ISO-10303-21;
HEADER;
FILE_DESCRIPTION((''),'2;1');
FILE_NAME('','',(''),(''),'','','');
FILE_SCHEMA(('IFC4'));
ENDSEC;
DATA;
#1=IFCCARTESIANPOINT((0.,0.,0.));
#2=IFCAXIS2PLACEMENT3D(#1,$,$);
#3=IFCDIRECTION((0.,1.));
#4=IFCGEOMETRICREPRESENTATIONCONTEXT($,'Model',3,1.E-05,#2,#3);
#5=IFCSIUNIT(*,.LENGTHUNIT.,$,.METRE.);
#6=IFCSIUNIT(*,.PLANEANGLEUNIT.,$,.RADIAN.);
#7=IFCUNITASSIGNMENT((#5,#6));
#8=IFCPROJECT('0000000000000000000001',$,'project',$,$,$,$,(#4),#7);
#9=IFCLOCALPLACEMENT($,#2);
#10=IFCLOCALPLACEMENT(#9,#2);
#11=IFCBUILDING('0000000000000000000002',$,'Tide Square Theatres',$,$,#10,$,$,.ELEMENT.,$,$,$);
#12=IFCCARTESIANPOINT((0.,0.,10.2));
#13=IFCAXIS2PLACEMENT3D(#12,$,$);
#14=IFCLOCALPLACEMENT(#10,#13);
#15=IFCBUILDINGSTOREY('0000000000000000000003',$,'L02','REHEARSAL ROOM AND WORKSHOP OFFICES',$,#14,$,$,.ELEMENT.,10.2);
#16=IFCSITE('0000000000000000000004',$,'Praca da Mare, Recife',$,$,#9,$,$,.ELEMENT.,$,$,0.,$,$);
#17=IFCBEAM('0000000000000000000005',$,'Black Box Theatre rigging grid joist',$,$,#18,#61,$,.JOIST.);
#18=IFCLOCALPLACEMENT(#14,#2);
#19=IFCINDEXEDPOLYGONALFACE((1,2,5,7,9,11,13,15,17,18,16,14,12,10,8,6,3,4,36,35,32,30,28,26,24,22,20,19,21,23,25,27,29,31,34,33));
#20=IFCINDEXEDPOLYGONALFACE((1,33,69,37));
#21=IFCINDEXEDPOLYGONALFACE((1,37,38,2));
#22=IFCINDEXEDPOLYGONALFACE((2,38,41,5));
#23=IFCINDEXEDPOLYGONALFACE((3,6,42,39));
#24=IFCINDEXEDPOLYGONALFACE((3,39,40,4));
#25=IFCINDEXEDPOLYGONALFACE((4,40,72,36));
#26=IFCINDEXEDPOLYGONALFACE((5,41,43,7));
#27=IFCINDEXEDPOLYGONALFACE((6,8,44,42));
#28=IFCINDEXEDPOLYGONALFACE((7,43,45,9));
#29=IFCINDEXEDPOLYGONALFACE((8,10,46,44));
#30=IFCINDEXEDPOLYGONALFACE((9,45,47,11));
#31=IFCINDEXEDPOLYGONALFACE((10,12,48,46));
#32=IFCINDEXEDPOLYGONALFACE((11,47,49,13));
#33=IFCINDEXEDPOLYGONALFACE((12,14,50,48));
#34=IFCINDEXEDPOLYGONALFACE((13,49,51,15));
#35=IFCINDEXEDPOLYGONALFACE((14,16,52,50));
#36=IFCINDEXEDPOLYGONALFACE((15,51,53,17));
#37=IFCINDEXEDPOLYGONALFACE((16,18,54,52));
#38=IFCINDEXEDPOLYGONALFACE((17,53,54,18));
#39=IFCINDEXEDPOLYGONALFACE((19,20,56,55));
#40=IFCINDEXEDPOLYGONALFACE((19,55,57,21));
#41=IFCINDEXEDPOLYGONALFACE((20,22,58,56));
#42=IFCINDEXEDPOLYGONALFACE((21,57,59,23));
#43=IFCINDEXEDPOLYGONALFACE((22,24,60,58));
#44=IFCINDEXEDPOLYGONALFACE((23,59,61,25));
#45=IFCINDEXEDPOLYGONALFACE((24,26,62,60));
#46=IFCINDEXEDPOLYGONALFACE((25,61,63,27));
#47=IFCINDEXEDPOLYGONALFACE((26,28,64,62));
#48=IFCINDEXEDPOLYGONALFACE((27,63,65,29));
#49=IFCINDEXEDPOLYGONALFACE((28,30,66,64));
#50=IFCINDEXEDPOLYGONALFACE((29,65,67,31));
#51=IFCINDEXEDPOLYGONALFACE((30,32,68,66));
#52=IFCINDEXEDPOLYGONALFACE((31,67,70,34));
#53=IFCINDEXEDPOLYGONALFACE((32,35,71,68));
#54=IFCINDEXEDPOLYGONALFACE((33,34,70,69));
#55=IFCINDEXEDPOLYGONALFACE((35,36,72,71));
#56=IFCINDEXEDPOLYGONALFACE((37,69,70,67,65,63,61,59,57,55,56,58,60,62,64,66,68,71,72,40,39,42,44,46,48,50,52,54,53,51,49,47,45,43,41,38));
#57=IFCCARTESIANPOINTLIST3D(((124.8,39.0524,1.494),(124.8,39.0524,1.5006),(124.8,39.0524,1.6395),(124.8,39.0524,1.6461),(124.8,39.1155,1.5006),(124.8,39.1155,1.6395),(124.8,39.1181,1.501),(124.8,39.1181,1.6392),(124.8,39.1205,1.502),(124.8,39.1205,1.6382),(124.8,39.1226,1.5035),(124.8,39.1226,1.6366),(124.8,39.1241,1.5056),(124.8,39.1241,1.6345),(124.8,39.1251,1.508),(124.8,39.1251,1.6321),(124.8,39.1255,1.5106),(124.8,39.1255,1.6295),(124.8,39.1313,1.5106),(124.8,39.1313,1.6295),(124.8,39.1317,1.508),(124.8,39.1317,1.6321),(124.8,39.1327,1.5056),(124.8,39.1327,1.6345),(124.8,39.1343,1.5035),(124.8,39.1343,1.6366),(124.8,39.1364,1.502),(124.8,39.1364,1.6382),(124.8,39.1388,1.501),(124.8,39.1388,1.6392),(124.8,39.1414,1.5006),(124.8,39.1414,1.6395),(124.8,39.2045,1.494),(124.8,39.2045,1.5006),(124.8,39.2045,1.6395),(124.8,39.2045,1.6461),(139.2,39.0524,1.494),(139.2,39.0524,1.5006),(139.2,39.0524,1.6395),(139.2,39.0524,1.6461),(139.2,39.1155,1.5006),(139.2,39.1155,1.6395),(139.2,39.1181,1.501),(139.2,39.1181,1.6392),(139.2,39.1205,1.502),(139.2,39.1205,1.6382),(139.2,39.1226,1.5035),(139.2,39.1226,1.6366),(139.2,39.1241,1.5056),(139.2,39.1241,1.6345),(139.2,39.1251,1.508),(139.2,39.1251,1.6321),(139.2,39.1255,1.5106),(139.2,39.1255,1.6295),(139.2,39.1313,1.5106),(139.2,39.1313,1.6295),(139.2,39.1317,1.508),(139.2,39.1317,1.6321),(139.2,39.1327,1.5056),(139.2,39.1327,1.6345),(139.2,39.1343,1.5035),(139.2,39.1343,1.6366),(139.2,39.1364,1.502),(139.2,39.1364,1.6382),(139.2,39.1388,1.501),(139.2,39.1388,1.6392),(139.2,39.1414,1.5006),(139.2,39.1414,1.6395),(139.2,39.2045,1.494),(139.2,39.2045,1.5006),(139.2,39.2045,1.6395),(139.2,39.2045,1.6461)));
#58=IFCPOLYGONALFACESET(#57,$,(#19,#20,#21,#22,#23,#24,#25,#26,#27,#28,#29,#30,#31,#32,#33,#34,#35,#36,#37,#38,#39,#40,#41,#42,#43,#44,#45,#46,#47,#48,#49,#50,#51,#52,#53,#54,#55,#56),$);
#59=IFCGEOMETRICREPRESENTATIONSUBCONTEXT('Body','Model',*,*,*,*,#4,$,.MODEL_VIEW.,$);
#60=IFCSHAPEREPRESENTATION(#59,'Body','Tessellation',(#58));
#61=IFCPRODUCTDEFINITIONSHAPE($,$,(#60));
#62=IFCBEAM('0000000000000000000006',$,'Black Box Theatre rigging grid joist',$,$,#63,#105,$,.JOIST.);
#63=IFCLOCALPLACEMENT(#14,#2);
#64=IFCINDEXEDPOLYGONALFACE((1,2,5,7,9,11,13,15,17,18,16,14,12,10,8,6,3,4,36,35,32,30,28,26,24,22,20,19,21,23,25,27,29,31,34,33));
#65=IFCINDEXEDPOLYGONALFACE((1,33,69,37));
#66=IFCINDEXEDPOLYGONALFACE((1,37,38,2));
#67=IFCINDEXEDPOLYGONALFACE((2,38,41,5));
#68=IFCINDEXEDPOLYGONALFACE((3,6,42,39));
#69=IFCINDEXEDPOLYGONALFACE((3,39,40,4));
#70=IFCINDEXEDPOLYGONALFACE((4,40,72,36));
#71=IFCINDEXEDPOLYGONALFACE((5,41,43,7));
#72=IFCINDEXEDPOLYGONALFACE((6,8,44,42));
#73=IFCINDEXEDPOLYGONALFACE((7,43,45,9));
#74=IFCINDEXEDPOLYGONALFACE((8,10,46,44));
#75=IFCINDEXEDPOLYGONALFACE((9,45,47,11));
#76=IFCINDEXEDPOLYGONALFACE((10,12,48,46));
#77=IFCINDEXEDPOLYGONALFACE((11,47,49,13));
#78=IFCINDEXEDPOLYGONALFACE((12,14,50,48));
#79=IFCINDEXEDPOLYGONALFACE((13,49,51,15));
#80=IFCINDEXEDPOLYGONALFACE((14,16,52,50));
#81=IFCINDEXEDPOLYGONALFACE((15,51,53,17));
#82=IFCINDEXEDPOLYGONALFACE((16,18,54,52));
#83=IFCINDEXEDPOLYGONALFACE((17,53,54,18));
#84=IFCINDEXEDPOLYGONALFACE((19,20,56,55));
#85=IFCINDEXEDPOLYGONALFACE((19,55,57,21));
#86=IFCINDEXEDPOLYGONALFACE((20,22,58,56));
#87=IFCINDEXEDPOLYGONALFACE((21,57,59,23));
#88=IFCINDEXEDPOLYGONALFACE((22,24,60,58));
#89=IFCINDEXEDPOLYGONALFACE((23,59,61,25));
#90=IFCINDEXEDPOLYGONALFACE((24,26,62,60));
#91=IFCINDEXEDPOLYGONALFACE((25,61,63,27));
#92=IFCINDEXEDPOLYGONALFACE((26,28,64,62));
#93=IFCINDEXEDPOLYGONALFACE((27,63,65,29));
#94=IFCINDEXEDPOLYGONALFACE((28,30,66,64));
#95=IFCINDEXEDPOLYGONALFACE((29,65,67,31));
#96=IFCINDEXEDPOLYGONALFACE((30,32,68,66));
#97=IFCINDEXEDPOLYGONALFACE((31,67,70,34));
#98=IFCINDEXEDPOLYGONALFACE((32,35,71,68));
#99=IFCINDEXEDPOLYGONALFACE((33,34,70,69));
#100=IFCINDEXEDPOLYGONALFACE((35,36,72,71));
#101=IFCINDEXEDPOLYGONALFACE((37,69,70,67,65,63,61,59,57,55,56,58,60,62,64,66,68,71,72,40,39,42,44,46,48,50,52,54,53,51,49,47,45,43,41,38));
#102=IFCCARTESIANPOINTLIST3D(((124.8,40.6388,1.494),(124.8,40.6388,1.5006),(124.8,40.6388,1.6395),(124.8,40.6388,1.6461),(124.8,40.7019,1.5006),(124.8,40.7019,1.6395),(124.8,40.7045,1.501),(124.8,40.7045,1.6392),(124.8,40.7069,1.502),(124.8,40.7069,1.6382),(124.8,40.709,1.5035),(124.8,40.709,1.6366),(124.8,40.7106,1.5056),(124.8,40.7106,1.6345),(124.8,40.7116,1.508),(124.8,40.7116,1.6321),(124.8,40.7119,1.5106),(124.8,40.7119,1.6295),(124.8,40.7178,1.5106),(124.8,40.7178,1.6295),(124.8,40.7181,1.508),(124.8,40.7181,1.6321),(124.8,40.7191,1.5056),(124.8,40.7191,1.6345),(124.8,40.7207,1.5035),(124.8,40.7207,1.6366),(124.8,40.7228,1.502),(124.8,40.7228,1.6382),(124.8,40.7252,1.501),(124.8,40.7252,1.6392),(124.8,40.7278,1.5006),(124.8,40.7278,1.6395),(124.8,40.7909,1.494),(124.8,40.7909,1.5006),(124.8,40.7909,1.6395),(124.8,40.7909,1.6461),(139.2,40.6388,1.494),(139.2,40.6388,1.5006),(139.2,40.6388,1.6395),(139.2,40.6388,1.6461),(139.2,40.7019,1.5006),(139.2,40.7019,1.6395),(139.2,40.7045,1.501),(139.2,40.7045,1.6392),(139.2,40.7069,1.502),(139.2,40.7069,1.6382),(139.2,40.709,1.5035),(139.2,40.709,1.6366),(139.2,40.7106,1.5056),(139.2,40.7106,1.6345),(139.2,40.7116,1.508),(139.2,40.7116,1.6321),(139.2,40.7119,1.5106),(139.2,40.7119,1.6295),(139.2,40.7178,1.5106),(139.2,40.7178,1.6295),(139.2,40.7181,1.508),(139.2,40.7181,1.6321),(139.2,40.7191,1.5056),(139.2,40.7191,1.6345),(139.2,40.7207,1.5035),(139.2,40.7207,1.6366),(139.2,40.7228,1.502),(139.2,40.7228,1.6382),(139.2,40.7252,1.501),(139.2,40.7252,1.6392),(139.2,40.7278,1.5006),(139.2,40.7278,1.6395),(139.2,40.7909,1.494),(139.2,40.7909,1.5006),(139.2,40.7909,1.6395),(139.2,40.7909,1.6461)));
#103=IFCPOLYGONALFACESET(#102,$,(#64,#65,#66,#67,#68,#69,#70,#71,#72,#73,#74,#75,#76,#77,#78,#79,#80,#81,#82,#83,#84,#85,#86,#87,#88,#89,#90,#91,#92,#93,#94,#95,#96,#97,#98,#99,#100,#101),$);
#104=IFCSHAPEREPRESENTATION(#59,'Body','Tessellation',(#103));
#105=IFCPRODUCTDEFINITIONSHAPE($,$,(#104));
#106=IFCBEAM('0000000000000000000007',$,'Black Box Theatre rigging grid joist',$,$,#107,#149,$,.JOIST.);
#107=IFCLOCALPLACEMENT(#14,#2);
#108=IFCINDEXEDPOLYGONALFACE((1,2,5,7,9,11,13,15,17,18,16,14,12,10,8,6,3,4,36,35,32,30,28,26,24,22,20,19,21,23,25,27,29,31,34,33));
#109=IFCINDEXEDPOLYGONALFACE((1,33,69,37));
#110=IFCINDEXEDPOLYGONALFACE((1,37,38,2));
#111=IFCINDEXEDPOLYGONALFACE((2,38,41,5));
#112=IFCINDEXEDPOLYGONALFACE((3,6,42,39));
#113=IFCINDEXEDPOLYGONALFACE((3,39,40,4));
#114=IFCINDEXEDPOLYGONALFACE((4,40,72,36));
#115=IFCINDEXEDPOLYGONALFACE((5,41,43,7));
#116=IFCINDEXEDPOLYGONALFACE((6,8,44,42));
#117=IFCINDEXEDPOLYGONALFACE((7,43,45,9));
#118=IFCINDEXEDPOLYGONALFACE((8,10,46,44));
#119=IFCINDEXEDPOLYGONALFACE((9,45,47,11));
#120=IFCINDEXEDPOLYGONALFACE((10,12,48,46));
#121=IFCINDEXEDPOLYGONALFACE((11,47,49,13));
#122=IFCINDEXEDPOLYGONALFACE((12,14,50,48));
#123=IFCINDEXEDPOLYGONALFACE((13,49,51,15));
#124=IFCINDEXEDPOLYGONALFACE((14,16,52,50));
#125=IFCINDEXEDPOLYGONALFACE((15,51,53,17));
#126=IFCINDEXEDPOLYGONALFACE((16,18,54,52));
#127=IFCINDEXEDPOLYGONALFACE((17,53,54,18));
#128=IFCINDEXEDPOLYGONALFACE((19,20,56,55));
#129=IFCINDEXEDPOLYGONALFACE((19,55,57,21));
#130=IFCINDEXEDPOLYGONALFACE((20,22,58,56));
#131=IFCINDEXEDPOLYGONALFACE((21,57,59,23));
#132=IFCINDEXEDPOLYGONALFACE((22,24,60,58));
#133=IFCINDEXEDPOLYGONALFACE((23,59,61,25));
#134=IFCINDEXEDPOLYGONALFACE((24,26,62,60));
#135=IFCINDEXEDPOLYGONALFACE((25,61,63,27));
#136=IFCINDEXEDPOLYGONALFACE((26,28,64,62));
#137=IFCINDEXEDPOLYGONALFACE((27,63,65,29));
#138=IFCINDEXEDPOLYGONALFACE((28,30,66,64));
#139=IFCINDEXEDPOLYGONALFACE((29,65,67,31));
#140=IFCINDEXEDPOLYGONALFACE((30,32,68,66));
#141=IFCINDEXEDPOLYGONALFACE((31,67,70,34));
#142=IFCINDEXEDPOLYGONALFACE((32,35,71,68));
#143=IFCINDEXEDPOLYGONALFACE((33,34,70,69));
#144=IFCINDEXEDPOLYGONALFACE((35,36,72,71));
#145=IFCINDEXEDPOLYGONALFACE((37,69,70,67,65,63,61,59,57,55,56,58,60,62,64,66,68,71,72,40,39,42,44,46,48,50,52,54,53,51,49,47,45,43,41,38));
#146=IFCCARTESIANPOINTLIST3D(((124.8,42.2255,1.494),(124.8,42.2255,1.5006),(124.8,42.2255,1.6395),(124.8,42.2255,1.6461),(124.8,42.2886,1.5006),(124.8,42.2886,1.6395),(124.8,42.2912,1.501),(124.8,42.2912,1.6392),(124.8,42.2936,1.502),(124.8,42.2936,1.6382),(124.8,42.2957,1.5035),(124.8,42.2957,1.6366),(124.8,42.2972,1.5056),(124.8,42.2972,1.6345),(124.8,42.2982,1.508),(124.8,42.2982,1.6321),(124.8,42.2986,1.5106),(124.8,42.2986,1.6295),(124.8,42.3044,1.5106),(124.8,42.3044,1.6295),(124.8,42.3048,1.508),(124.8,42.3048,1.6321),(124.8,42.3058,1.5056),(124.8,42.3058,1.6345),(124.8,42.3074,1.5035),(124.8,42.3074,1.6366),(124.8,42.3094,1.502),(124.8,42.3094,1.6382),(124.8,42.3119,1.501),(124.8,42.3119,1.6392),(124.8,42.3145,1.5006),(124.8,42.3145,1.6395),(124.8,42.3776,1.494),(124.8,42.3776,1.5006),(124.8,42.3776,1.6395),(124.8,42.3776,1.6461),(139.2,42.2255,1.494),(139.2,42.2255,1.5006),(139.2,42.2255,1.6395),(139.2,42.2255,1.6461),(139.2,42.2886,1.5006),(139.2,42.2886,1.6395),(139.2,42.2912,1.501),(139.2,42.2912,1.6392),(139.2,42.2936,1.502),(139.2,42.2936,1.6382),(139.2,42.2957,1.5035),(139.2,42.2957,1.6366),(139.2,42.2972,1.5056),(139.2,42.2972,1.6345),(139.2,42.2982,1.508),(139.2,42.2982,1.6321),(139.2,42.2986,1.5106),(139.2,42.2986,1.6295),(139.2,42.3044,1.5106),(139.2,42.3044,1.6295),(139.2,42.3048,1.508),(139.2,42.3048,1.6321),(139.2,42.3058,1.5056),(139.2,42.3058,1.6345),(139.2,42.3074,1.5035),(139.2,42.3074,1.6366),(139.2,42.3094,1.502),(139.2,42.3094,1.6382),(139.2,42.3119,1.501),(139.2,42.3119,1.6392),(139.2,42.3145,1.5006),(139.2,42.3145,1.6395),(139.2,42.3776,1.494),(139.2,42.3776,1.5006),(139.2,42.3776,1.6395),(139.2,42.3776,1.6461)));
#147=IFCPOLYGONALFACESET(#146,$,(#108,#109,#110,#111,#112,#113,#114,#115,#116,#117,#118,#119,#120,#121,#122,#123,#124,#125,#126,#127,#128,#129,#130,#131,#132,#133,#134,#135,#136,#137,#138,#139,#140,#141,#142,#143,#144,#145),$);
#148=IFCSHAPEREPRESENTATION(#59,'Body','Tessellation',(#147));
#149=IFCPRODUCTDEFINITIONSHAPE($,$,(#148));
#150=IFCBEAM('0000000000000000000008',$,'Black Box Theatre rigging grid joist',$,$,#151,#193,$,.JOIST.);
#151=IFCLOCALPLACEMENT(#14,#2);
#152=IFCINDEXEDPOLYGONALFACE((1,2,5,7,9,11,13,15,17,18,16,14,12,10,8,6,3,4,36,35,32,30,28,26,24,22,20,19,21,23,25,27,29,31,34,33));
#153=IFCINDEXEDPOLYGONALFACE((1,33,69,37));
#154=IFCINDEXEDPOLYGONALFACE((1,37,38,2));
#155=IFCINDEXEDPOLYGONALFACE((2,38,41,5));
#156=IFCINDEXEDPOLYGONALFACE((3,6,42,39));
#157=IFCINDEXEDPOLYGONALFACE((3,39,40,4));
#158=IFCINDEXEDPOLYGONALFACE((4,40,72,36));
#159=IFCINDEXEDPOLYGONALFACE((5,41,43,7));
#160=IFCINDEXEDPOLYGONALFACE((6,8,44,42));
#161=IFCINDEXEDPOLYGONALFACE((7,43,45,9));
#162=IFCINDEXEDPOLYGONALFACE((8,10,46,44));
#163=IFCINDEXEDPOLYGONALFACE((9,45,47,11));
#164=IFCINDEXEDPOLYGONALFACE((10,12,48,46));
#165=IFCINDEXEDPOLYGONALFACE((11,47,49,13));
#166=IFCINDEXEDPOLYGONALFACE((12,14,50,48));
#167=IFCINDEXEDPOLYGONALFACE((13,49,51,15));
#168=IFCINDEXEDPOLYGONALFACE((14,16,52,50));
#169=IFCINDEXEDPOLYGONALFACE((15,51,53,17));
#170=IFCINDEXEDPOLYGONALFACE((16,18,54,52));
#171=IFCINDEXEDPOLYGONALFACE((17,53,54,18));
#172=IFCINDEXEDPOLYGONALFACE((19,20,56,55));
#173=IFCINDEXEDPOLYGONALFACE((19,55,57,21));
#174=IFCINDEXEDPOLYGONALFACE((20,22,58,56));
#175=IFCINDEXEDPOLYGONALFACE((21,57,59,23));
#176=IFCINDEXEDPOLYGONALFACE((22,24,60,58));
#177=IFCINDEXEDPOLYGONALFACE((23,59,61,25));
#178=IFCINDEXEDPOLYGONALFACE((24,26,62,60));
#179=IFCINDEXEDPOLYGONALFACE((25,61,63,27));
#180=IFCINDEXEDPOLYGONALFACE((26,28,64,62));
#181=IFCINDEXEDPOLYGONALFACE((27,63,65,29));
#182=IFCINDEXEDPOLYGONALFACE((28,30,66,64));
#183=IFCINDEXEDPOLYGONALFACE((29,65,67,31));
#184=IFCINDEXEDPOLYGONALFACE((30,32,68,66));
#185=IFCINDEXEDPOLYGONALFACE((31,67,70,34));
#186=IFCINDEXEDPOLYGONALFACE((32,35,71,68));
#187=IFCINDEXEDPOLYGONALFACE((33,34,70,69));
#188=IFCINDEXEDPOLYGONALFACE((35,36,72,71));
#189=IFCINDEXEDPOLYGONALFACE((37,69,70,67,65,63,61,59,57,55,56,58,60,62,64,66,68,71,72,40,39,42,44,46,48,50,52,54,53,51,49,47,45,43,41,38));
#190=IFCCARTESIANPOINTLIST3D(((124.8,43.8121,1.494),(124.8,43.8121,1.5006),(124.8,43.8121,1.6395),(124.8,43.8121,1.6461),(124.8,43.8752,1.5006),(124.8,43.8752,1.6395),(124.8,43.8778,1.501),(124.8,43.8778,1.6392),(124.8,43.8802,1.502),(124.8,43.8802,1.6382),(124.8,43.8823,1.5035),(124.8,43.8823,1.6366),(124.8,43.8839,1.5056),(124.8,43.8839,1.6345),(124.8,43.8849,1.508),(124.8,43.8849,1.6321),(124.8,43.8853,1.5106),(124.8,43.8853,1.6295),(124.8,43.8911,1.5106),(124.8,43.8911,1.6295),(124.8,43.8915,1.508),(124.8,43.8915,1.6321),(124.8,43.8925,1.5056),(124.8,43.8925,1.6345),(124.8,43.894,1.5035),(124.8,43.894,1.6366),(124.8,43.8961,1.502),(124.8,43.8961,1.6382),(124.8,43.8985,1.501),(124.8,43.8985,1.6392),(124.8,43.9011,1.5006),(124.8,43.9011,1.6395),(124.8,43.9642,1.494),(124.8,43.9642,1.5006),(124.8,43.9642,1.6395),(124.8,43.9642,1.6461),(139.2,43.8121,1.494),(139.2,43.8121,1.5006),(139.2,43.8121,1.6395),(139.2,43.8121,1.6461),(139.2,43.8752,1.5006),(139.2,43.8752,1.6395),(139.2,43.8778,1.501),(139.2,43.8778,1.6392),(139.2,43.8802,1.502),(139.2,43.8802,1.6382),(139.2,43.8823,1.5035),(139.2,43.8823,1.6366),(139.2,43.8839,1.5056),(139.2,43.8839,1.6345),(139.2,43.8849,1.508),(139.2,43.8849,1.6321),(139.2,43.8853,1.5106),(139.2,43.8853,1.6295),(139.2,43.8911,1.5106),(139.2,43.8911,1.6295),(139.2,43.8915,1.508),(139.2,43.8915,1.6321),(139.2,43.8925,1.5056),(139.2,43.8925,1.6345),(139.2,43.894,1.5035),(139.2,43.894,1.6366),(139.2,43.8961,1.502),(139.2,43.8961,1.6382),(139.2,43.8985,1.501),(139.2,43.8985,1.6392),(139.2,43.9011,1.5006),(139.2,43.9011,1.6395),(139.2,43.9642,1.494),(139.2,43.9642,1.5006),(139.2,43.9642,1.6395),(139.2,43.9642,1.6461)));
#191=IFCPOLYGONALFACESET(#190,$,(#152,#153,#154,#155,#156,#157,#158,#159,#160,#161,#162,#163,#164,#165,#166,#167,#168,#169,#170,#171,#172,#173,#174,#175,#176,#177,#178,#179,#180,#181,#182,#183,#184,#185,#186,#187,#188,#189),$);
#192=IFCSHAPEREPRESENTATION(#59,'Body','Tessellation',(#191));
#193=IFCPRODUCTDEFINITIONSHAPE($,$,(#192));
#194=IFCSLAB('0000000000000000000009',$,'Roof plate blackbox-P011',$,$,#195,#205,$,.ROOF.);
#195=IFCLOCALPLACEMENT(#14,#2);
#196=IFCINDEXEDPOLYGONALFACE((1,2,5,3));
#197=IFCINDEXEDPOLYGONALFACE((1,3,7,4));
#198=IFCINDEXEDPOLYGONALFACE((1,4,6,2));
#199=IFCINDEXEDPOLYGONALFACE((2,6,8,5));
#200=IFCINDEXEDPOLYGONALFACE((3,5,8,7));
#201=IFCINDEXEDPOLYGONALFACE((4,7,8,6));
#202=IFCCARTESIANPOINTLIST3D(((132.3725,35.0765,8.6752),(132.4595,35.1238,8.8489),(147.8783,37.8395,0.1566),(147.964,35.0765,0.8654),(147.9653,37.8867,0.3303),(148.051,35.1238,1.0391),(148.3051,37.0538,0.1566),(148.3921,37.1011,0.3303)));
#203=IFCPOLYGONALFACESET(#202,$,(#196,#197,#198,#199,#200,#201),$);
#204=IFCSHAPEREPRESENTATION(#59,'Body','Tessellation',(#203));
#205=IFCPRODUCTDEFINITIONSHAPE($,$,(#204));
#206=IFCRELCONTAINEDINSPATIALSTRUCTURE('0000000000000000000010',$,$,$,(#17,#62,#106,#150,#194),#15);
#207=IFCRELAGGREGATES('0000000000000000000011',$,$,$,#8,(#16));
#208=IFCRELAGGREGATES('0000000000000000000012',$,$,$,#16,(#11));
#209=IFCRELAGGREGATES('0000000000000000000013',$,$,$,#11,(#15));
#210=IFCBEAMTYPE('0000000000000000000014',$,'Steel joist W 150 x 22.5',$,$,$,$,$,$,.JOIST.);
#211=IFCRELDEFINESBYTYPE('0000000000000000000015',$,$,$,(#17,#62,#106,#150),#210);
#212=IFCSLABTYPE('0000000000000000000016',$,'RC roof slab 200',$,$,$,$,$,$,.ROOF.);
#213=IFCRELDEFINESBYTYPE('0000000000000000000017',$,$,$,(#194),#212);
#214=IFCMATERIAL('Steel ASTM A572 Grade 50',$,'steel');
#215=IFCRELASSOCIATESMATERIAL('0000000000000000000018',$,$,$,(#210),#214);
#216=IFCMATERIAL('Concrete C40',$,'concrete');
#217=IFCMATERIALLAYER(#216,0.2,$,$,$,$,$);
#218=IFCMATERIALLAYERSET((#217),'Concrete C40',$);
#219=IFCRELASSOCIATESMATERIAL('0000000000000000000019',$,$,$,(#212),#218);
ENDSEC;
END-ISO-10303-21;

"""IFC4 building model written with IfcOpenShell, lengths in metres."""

from ifc_helpers import new_model, si_unit, direction, frame, origin, origin_2d, place, context, subcontext, project, spatial, polyline, i_section, outline, extrude, material, layer, layer_set, material_profile, profile_set, type_object, element, save


model = new_model("IFC4")

# Units and contexts
model_context = context("Model", 3, precision=1e-05, world=origin(), true_north=direction((0.0, 1.0)))
body_context = subcontext(model_context, "Body", "Model", "MODEL_VIEW")
ifc_project = project(units=[si_unit("LENGTHUNIT", "METRE"), si_unit("PLANEANGLEUNIT", "RADIAN")], contexts=[model_context])

# Site, building, storey
site_placement = place(None, origin())
site = spatial("IfcSite", under=ifc_project, at=site_placement, Name="Praca da Mare, Recife", CompositionType="ELEMENT", RefElevation=0.0)
building_placement = place(site_placement, origin())
building = spatial("IfcBuilding", under=site, at=building_placement, Name="Tide Square Theatres", CompositionType="ELEMENT")
storey_placement = place(building_placement, frame((0.0, 0.0, 10.2)))
storey = spatial("IfcBuildingStorey", under=building, at=storey_placement, Name="L02", Description="REHEARSAL ROOM AND WORKSHOP OFFICES", CompositionType="ELEMENT", Elevation=10.2)

# Beams
ifc_material_1 = material(Name="Steel ASTM A572 Grade 50", Category="steel")
ifc_material_profile_1 = material_profile(ifc_material_1, i_section(OverallWidth=0.1521, OverallDepth=0.1521, WebThickness=0.0059, FlangeThickness=0.0066, FilletRadius=0.01, at=origin_2d()))
ifc_profile_set_1 = profile_set([ifc_material_profile_1], Name="Steel ASTM A572 Grade 50")
beam_type_1 = type_object("IfcBeamType", Name="Steel joist W 150 x 22.5", PredefinedType="JOIST", material=ifc_profile_set_1)
for number, where, z_axis, x_axis, name in (
    (1, (139.2, 39.1284, 1.5701), (-1.0, 0.0, 0.0), (0.0, -1.0, 0.0), "Black Box Theatre rigging grid joist"),
    (2, (139.2, 40.7148, 1.5701), (-1.0, 0.0, 0.0), (0.0, -1.0, 0.0), "Black Box Theatre rigging grid joist"),
    (3, (139.2, 42.3015, 1.5701), (-1.0, 0.0, 0.0), (0.0, -1.0, 0.0), "Black Box Theatre rigging grid joist"),
    (4, (139.2, 43.8882, 1.5701), (-1.0, 0.0, 0.0), (0.0, -1.0, 0.0), "Black Box Theatre rigging grid joist"),
):
    element("IfcBeam", number, at=place(storey_placement, frame(where, z_axis=z_axis, x_axis=x_axis)), inside=storey, type_object=beam_type_1, Name=name, PredefinedType="JOIST", context=body_context, shape_type="SweptSolid", body=[
        extrude(i_section(OverallWidth=0.1521, OverallDepth=0.1521, WebThickness=0.0059, FlangeThickness=0.0066, FilletRadius=0.01, at=origin_2d()), origin(), (0.0, 0.0, 1.0), 14.3999),
    ])

# Slab
ifc_material_2 = material(Name="Concrete C40", Category="concrete")
ifc_layer_1 = layer(ifc_material_2, 0.2)
ifc_layer_set_1 = layer_set([ifc_layer_1], Name="Concrete C40")
slab_type = type_object("IfcSlabType", Name="RC roof slab 200", PredefinedType="ROOF", material=ifc_layer_set_1)
slab_1_placement = place(storey_placement, frame((148.3921, 37.1011, 0.3303), z_axis=(0.435167, 0.236352, 0.868773), x_axis=(-0.47731, 0.878735, 0.000022)))
element("IfcSlab", 5, at=slab_1_placement, inside=storey, type_object=slab_type, Name="Roof plate blackbox-P011", PredefinedType="ROOF", context=body_context, shape_type="SweptSolid", body=[
    extrude(outline(polyline([(0.0, 0.0), (0.8941, 0.0), (5.8675, 17.2016), (-1.5747, 1.4313), (0.0, 0.0)])), origin(), (0.0, 0.0, -1.0), 0.2),
])

save(model, "model.ifc")
